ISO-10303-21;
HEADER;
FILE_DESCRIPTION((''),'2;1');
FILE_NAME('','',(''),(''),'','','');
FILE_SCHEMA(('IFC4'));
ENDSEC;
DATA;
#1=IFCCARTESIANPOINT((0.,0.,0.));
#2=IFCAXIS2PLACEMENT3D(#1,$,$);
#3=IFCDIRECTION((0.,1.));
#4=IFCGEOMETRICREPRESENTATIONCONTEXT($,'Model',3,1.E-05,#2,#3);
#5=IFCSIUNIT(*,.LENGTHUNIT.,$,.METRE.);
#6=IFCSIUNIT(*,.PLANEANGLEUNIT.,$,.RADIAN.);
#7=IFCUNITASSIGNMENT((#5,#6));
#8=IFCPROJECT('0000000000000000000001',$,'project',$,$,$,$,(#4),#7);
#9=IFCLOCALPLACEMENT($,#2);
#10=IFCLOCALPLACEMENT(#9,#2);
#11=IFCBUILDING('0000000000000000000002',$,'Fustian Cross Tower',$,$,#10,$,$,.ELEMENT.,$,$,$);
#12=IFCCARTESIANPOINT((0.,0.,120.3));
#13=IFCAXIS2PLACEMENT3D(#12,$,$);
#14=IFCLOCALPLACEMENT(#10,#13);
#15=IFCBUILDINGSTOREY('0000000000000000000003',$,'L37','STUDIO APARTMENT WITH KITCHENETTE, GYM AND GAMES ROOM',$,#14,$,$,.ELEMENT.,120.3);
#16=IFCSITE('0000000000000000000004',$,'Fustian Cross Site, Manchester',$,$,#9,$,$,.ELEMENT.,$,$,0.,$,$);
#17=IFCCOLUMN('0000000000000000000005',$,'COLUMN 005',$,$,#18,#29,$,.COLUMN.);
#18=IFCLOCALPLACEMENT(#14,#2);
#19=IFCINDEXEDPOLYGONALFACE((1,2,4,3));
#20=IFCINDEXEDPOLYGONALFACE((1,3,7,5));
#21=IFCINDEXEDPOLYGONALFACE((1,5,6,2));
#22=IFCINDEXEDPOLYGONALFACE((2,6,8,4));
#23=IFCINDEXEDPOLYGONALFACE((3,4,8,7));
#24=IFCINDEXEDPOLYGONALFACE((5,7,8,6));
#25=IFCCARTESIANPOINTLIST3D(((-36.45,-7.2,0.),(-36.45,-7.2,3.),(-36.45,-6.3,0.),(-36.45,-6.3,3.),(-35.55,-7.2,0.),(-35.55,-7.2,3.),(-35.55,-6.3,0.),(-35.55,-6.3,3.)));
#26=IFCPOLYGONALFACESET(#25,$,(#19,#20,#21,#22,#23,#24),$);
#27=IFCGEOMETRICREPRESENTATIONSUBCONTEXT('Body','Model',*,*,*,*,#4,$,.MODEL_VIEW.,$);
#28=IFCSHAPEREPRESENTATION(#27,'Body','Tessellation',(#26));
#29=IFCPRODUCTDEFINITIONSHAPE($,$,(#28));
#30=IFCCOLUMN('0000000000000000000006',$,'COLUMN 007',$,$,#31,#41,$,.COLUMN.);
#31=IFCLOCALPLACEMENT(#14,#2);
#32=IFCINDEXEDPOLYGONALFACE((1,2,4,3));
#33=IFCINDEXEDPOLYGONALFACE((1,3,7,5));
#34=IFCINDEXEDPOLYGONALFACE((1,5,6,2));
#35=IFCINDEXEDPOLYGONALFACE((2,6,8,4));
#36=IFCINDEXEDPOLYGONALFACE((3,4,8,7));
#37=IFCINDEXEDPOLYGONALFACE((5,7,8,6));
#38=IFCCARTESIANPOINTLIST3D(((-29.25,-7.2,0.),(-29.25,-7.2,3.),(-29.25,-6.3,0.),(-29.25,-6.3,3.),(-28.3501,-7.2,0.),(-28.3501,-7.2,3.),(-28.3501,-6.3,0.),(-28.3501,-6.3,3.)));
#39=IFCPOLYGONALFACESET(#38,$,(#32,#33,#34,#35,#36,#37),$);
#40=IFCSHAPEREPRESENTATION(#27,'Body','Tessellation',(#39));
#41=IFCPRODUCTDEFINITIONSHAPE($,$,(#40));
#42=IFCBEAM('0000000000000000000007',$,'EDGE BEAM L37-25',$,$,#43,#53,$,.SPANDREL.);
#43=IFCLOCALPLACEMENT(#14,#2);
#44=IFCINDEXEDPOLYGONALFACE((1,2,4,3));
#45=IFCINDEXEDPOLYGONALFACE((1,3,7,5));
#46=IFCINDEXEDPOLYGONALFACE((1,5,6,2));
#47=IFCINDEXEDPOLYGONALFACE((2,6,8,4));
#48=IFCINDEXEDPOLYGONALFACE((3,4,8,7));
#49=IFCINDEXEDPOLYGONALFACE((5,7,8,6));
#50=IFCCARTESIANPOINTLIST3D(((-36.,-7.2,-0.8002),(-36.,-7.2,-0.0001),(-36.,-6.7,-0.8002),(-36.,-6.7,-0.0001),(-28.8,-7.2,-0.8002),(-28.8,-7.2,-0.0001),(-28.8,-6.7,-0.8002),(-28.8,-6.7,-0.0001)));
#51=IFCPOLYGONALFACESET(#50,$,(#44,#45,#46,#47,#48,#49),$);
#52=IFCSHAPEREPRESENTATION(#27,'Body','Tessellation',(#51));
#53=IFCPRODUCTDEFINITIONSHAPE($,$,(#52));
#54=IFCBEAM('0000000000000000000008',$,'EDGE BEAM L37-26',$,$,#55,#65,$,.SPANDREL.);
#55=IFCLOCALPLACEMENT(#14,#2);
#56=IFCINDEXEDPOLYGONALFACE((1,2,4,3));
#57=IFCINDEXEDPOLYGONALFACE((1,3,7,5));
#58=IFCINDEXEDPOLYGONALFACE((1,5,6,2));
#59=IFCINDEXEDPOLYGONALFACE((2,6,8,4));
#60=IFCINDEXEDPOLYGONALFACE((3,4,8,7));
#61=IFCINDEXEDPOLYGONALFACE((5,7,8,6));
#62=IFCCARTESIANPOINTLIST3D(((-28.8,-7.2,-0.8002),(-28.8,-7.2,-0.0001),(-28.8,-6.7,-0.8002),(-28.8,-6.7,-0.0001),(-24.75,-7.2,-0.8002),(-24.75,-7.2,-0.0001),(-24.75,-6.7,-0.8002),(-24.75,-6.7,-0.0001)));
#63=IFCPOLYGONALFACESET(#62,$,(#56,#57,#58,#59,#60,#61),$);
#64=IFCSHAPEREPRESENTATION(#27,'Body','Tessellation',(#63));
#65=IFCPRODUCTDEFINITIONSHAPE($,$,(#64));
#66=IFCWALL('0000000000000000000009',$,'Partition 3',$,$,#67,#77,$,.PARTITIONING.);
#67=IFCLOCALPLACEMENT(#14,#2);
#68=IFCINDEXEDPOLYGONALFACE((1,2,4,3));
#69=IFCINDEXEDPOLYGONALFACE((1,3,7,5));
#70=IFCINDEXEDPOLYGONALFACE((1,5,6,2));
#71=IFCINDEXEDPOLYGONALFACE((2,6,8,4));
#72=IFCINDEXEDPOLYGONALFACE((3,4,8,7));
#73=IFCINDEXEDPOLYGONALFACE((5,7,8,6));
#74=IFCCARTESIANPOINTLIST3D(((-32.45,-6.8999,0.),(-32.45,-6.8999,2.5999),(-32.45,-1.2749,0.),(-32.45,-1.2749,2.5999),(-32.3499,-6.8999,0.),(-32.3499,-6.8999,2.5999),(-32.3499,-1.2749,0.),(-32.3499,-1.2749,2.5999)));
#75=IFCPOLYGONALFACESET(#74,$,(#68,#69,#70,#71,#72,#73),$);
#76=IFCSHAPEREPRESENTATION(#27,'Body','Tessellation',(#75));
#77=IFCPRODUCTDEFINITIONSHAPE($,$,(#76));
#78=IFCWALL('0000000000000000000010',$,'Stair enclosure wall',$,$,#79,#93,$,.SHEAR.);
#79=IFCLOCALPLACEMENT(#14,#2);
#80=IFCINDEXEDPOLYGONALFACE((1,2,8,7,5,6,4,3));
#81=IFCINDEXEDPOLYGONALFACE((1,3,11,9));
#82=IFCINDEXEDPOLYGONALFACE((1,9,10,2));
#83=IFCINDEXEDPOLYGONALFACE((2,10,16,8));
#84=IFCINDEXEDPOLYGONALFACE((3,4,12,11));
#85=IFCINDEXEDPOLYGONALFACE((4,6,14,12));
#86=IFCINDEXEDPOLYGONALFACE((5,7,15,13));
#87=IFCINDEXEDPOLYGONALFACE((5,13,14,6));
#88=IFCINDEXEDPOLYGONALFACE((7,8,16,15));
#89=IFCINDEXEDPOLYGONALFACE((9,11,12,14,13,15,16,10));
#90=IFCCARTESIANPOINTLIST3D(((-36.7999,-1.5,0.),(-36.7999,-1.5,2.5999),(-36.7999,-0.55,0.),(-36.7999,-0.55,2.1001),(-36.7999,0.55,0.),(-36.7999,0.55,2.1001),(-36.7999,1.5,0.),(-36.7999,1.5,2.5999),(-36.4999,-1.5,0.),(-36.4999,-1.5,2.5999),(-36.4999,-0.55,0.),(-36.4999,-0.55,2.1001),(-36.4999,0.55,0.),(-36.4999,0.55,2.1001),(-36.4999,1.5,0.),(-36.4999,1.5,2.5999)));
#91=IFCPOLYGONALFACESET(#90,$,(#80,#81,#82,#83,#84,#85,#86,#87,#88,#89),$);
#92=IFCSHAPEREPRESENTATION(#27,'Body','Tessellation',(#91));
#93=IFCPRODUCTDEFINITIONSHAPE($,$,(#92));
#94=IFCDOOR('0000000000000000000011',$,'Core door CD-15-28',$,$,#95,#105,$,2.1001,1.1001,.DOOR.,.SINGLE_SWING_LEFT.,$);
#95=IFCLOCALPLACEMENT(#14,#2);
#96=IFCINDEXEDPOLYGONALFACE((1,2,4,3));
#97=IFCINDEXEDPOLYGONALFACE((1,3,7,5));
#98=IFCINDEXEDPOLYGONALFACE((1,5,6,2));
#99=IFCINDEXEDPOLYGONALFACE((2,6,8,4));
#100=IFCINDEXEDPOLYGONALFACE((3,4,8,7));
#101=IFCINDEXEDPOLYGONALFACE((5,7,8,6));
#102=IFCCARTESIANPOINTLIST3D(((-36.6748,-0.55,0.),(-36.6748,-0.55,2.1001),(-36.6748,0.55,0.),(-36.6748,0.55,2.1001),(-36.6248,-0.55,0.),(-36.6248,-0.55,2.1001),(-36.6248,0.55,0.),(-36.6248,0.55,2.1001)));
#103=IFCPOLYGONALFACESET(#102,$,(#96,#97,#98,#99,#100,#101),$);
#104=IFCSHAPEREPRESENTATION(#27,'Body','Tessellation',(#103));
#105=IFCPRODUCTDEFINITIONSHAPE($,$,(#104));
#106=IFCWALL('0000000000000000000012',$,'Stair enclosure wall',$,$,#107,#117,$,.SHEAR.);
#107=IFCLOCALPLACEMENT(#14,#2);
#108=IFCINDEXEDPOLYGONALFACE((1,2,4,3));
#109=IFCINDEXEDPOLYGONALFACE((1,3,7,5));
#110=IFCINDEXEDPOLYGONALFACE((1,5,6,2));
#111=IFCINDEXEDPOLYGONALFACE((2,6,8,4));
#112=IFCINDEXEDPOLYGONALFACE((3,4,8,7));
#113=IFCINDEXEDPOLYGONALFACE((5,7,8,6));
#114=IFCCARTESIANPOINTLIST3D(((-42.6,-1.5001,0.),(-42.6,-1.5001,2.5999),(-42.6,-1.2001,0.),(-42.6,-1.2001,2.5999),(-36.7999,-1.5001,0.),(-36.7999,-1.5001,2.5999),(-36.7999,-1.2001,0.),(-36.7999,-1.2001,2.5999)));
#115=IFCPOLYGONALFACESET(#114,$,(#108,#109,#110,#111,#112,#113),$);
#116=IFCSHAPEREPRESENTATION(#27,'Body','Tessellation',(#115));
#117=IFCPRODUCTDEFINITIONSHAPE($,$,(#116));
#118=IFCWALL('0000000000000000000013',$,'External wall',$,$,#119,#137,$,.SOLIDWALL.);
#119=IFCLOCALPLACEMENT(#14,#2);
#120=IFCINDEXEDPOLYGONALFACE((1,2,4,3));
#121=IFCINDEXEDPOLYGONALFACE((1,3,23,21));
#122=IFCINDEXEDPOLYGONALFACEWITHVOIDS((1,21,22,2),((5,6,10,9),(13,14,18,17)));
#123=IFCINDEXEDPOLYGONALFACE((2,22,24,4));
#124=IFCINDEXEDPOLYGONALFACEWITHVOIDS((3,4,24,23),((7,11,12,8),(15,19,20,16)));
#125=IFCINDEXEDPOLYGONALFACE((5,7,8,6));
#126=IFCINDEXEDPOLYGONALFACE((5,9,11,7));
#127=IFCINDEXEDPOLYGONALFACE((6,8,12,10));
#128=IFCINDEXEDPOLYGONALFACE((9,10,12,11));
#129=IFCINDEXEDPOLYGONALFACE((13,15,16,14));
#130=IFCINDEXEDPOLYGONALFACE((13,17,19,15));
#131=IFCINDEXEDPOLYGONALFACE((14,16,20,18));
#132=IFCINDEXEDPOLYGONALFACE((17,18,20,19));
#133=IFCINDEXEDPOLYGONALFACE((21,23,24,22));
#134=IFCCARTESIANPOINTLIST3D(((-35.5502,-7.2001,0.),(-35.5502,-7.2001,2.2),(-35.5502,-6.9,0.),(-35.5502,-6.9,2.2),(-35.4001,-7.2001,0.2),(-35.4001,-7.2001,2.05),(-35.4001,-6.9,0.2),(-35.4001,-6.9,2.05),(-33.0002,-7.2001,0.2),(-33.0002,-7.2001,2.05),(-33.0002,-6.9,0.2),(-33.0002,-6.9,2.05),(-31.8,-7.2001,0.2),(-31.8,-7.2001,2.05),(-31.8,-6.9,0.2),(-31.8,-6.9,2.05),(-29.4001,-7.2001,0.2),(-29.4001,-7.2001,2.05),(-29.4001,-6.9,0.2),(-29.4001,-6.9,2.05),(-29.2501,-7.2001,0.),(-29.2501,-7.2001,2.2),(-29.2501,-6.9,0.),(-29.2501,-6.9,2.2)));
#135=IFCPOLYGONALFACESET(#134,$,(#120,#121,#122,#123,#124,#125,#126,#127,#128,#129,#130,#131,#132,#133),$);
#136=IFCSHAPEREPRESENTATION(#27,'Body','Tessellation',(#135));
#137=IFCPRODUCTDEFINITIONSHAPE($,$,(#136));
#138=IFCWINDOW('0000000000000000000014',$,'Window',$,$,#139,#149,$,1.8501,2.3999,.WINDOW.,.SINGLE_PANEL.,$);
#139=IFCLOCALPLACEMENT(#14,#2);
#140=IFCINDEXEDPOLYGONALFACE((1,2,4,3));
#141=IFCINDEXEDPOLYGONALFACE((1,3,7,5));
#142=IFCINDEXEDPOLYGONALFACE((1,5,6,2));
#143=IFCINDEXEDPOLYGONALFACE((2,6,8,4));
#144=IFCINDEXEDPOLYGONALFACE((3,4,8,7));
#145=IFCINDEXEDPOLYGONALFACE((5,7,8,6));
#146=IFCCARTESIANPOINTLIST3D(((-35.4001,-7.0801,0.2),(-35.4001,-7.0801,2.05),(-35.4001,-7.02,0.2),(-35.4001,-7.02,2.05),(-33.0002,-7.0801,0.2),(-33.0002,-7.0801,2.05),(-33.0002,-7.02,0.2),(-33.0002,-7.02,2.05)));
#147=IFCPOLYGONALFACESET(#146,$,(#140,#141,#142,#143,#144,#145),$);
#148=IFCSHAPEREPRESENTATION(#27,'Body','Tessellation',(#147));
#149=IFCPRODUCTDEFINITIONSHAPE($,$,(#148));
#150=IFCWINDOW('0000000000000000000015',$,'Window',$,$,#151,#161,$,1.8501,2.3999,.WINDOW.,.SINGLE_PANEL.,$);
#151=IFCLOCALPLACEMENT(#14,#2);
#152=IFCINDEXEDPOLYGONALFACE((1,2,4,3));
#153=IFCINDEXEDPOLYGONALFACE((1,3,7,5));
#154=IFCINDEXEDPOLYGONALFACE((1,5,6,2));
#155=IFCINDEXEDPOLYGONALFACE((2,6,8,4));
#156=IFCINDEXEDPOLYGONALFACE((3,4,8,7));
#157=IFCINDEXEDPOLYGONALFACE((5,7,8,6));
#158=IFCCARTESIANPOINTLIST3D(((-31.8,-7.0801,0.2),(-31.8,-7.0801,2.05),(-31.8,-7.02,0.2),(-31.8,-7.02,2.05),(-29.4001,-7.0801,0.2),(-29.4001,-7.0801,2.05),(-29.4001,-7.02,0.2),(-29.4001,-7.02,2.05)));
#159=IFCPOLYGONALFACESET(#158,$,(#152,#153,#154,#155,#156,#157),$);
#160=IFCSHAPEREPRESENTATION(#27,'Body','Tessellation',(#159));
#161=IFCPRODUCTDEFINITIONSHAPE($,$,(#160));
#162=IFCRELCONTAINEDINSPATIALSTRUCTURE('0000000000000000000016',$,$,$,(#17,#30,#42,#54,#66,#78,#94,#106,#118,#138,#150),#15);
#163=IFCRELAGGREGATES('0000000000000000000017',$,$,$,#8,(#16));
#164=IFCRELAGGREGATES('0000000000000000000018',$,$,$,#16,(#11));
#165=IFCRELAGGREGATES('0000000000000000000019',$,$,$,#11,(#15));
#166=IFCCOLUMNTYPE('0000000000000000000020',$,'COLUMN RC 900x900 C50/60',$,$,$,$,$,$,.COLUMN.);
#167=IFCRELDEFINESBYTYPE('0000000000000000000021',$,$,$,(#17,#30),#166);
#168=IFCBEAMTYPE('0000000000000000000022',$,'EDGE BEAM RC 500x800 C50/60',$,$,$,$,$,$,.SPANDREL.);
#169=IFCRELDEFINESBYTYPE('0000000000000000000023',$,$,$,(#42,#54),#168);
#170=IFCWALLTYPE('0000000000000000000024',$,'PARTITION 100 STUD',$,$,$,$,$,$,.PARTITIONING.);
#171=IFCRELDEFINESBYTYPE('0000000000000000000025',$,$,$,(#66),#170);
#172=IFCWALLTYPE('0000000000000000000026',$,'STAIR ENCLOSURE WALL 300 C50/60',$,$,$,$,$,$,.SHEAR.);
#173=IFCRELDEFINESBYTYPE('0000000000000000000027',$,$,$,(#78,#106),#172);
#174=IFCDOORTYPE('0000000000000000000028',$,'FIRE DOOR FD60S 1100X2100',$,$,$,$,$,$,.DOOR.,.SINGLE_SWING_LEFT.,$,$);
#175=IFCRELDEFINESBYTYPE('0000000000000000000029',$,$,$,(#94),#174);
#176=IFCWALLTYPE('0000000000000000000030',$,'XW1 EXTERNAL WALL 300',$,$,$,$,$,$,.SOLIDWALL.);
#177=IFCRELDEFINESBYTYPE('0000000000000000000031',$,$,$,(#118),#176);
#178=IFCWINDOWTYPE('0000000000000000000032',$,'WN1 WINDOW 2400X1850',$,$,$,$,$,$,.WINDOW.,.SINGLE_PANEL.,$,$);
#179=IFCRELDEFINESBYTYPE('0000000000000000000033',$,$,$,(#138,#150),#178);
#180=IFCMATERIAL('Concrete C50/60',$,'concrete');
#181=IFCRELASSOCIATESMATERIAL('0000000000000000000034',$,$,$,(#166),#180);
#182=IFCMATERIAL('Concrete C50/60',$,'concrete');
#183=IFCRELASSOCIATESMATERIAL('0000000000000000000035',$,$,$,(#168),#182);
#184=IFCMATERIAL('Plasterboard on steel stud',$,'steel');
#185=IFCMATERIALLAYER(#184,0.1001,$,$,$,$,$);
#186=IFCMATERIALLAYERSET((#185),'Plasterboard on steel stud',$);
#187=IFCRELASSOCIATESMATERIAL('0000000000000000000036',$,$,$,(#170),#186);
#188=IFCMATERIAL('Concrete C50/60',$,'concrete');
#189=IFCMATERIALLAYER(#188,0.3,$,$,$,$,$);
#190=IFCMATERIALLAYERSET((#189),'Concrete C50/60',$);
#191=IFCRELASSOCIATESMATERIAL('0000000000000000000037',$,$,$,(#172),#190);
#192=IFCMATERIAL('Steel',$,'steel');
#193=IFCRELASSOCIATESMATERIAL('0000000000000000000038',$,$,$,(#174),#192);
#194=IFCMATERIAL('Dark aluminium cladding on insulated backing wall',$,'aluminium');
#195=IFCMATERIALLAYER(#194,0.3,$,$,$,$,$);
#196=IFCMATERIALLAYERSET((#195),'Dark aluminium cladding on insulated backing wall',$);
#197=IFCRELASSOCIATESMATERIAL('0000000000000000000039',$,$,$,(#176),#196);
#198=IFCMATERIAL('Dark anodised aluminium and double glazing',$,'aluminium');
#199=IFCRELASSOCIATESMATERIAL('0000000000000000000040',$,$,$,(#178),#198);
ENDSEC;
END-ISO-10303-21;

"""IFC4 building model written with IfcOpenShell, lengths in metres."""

from ifc_helpers import new_model, si_unit, direction, frame, frame_2d, origin, origin_2d, place, context, subcontext, project, spatial, rectangle, extrude, material, layer, layer_set, material_profile, profile_set, type_object, element, fill, save


model = new_model("IFC4")

# Units and contexts
model_context = context("Model", 3, precision=1e-05, world=origin(), true_north=direction((0.0, 1.0)))
body_context = subcontext(model_context, "Body", "Model", "MODEL_VIEW")
ifc_project = project(units=[si_unit("LENGTHUNIT", "METRE"), si_unit("PLANEANGLEUNIT", "RADIAN")], contexts=[model_context])

# Site, building, storey
site_placement = place(None, origin())
site = spatial("IfcSite", under=ifc_project, at=site_placement, Name="Fustian Cross Site, Manchester", CompositionType="ELEMENT", RefElevation=0.0)
building_placement = place(site_placement, origin())
building = spatial("IfcBuilding", under=site, at=building_placement, Name="Fustian Cross Tower", CompositionType="ELEMENT")
storey_placement = place(building_placement, frame((0.0, 0.0, 120.3)))
storey = spatial("IfcBuildingStorey", under=building, at=storey_placement, Name="L37", Description="STUDIO APARTMENT WITH KITCHENETTE, GYM AND GAMES ROOM", CompositionType="ELEMENT", Elevation=120.3)

# Columns
ifc_material_1 = material(Name="Concrete C50/60", Category="concrete")
ifc_material_profile_1 = material_profile(ifc_material_1, rectangle(XDim=0.8999, YDim=0.8999, at=origin_2d()), Name="RC 900x900")
ifc_profile_set_1 = profile_set([ifc_material_profile_1], Name="Concrete C50/60")
column_type = type_object("IfcColumnType", Name="COLUMN RC 900x900 C50/60", PredefinedType="COLUMN", material=ifc_profile_set_1)
for number, where, z_axis, x_axis, name in (
    (1, (-36.0, -6.75, 0.0), (0.0, 0.0, 1.0), (1.0, 0.0, 0.0), "COLUMN 005"),
    (2, (-28.8, -6.75, 0.0), (0.0, 0.0, 1.0), (1.0, 0.0, 0.0), "COLUMN 007"),
):
    element("IfcColumn", number, at=place(storey_placement, frame(where, z_axis=z_axis, x_axis=x_axis)), inside=storey, type_object=column_type, Name=name, PredefinedType="COLUMN", context=body_context, shape_type="SweptSolid", body=[
        extrude(rectangle(XDim=0.8999, YDim=0.8999, at=origin_2d()), origin(), (0.0, 0.0, 1.0), 3.0),
    ])

# Beams
ifc_material_2 = material(Name="Concrete C50/60", Category="concrete")
ifc_material_profile_2 = material_profile(ifc_material_2, rectangle(XDim=0.5, YDim=0.8, at=origin_2d()), Name="RC 500x800")
ifc_profile_set_2 = profile_set([ifc_material_profile_2], Name="Concrete C50/60")
beam_type = type_object("IfcBeamType", Name="EDGE BEAM RC 500x800 C50/60", PredefinedType="SPANDREL", material=ifc_profile_set_2)
beam_1_placement = place(storey_placement, frame((-36.0, -6.95, -0.4001), z_axis=(1.0, 0.0, 0.0), x_axis=(0.0, 1.0, 0.0)))
element("IfcBeam", 3, at=beam_1_placement, inside=storey, type_object=beam_type, Name="EDGE BEAM L37-25", PredefinedType="SPANDREL", context=body_context, shape_type="SweptSolid", body=[
    extrude(rectangle(XDim=0.5, YDim=0.8, at=origin_2d()), origin(), (0.0, 0.0, 1.0), 7.2),
])
beam_2_placement = place(storey_placement, frame((-28.8, -6.95, -0.4001), z_axis=(1.0, 0.0, 0.0), x_axis=(0.0, 1.0, 0.0)))
element("IfcBeam", 4, at=beam_2_placement, inside=storey, type_object=beam_type, Name="EDGE BEAM L37-26", PredefinedType="SPANDREL", context=body_context, shape_type="SweptSolid", body=[
    extrude(rectangle(XDim=0.5, YDim=0.8, at=origin_2d()), origin(), (0.0, 0.0, 1.0), 4.05),
])

# Wall
ifc_material_3 = material(Name="Plasterboard on steel stud", Category="steel")
ifc_layer_1 = layer(ifc_material_3, 0.1001)
ifc_layer_set_1 = layer_set([ifc_layer_1], Name="Plasterboard on steel stud")
wall_type_1 = type_object("IfcWallType", Name="PARTITION 100 STUD", PredefinedType="PARTITIONING", material=ifc_layer_set_1)
wall_1_placement = place(storey_placement, frame((-32.3999, -6.8999, 0.0), z_axis=(0.0, 0.0, 1.0), x_axis=(0.0, 1.0, 0.0)))
element("IfcWall", 5, at=wall_1_placement, inside=storey, type_object=wall_type_1, Name="Partition 3", PredefinedType="PARTITIONING", context=body_context, shape_type="SweptSolid", body=[
    extrude(rectangle(XDim=5.625, YDim=0.1001, at=frame_2d((2.8125, 0.0))), origin(), (0.0, 0.0, 1.0), 2.5999),
])

# Wall, opening, door
ifc_material_4 = material(Name="Concrete C50/60", Category="concrete")
ifc_layer_2 = layer(ifc_material_4, 0.3)
ifc_layer_set_2 = layer_set([ifc_layer_2], Name="Concrete C50/60")
wall_type_2 = type_object("IfcWallType", Name="STAIR ENCLOSURE WALL 300 C50/60", PredefinedType="SHEAR", material=ifc_layer_set_2)
wall_2_placement = place(storey_placement, frame((-36.6499, -1.5, 0.0), z_axis=(0.0, 0.0, 1.0), x_axis=(0.0, 1.0, 0.0)))
wall_2 = element("IfcWall", 6, at=wall_2_placement, inside=storey, type_object=wall_type_2, Name="Stair enclosure wall", PredefinedType="SHEAR", context=body_context, shape_type="SweptSolid", body=[
    extrude(rectangle(XDim=3.0, YDim=0.3, at=frame_2d((1.5, 0.0))), origin(), (0.0, 0.0, 1.0), 2.5999),
])
opening_1_placement = place(wall_2_placement, frame((0.95, 0.0, 0.0)))
opening_1 = element("IfcOpeningElement", 7, at=opening_1_placement, cuts=wall_2, PredefinedType="OPENING", context=body_context, shape_type="SweptSolid", body=[
    extrude(rectangle(XDim=1.1001, YDim=2.1001, at=frame_2d((0.55, 1.05))), frame((0.0, 0.1599, 0.0), z_axis=(0.0, -1.0, 0.0), x_axis=(1.0, 0.0, 0.0)), (0.0, 0.0, 1.0), 0.3201),
])
ifc_material_5 = material(Name="Steel", Category="steel")
door_type = type_object("IfcDoorType", Name="FIRE DOOR FD60S 1100X2100", OperationType="SINGLE_SWING_LEFT", PredefinedType="DOOR", material=ifc_material_5)
door_placement = place(opening_1_placement, origin())
door = element("IfcDoor", 8, at=door_placement, inside=storey, type_object=door_type, Name="Core door CD-15-28", OperationType="SINGLE_SWING_LEFT", OverallHeight=2.1001, OverallWidth=1.1001, PredefinedType="DOOR", context=body_context, shape_type="SweptSolid", body=[
    extrude(rectangle(XDim=1.1001, YDim=2.1001, at=frame_2d((0.55, 1.05))), frame((0.0, 0.0249, 0.0), z_axis=(0.0, -1.0, 0.0), x_axis=(1.0, 0.0, 0.0)), (0.0, 0.0, 1.0), 0.05),
])
fill(opening_1, door)

# Wall
wall_3_placement = place(storey_placement, frame((-36.8, -1.3501, 0.0), z_axis=(0.0, 0.0, 1.0), x_axis=(-1.0, 0.0, 0.0)))
element("IfcWall", 9, at=wall_3_placement, inside=storey, type_object=wall_type_2, Name="Stair enclosure wall", PredefinedType="SHEAR", context=body_context, shape_type="SweptSolid", body=[
    extrude(rectangle(XDim=5.8, YDim=0.3, at=frame_2d((2.8999, 0.0))), origin(), (0.0, 0.0, 1.0), 2.5999),
])

# Wall, openings, windows
ifc_material_6 = material(Name="Dark aluminium cladding on insulated backing wall", Category="aluminium")
ifc_layer_3 = layer(ifc_material_6, 0.3)
ifc_layer_set_3 = layer_set([ifc_layer_3], Name="Dark aluminium cladding on insulated backing wall")
wall_type_3 = type_object("IfcWallType", Name="XW1 EXTERNAL WALL 300", PredefinedType="SOLIDWALL", material=ifc_layer_set_3)
wall_4_placement = place(storey_placement, frame((-35.55, -7.05, 0.0), z_axis=(0.0, 0.0, 1.0), x_axis=(1.0, 0.0, 0.0)))
wall_4 = element("IfcWall", 10, at=wall_4_placement, inside=storey, type_object=wall_type_3, Name="External wall", PredefinedType="SOLIDWALL", context=body_context, shape_type="SweptSolid", body=[
    extrude(rectangle(XDim=6.3, YDim=0.3, at=frame_2d((3.1499, 0.0))), origin(), (0.0, 0.0, 1.0), 2.2),
])
opening_2_placement = place(wall_4_placement, frame((0.1499, 0.0, 0.2)))
opening_2 = element("IfcOpeningElement", 11, at=opening_2_placement, cuts=wall_4, PredefinedType="OPENING", context=body_context, shape_type="SweptSolid", body=[
    extrude(rectangle(XDim=2.3999, YDim=1.8501, at=frame_2d((1.2, 0.925))), frame((0.0, 0.1599, 0.0), z_axis=(0.0, -1.0, 0.0), x_axis=(1.0, 0.0, 0.0)), (0.0, 0.0, 1.0), 0.3201),
])
opening_3_placement = place(wall_4_placement, frame((3.75, 0.0, 0.2)))
opening_3 = element("IfcOpeningElement", 12, at=opening_3_placement, cuts=wall_4, PredefinedType="OPENING", context=body_context, shape_type="SweptSolid", body=[
    extrude(rectangle(XDim=2.3999, YDim=1.8501, at=frame_2d((1.2, 0.925))), frame((0.0, 0.1599, 0.0), z_axis=(0.0, -1.0, 0.0), x_axis=(1.0, 0.0, 0.0)), (0.0, 0.0, 1.0), 0.3201),
])
ifc_material_7 = material(Name="Dark anodised aluminium and double glazing", Category="aluminium")
window_type = type_object("IfcWindowType", Name="WN1 WINDOW 2400X1850", PartitioningType="SINGLE_PANEL", PredefinedType="WINDOW", material=ifc_material_7)
window_1_placement = place(opening_2_placement, origin())
window_1 = element("IfcWindow", 13, at=window_1_placement, inside=storey, type_object=window_type, Name="Window", OverallHeight=1.8501, OverallWidth=2.3999, PartitioningType="SINGLE_PANEL", PredefinedType="WINDOW", context=body_context, shape_type="SweptSolid", body=[
    extrude(rectangle(XDim=2.3999, YDim=1.8501, at=frame_2d((1.2, 0.925))), frame((0.0, 0.03, 0.0), z_axis=(0.0, -1.0, 0.0), x_axis=(1.0, 0.0, 0.0)), (0.0, 0.0, 1.0), 0.0601),
])
fill(opening_2, window_1)
window_2_placement = place(opening_3_placement, origin())
window_2 = element("IfcWindow", 14, at=window_2_placement, inside=storey, type_object=window_type, Name="Window", OverallHeight=1.8501, OverallWidth=2.3999, PartitioningType="SINGLE_PANEL", PredefinedType="WINDOW", context=body_context, shape_type="SweptSolid", body=[
    extrude(rectangle(XDim=2.3999, YDim=1.8501, at=frame_2d((1.2, 0.925))), frame((0.0, 0.03, 0.0), z_axis=(0.0, -1.0, 0.0), x_axis=(1.0, 0.0, 0.0)), (0.0, 0.0, 1.0), 0.0601),
])
fill(opening_3, window_2)

save(model, "model.ifc")
